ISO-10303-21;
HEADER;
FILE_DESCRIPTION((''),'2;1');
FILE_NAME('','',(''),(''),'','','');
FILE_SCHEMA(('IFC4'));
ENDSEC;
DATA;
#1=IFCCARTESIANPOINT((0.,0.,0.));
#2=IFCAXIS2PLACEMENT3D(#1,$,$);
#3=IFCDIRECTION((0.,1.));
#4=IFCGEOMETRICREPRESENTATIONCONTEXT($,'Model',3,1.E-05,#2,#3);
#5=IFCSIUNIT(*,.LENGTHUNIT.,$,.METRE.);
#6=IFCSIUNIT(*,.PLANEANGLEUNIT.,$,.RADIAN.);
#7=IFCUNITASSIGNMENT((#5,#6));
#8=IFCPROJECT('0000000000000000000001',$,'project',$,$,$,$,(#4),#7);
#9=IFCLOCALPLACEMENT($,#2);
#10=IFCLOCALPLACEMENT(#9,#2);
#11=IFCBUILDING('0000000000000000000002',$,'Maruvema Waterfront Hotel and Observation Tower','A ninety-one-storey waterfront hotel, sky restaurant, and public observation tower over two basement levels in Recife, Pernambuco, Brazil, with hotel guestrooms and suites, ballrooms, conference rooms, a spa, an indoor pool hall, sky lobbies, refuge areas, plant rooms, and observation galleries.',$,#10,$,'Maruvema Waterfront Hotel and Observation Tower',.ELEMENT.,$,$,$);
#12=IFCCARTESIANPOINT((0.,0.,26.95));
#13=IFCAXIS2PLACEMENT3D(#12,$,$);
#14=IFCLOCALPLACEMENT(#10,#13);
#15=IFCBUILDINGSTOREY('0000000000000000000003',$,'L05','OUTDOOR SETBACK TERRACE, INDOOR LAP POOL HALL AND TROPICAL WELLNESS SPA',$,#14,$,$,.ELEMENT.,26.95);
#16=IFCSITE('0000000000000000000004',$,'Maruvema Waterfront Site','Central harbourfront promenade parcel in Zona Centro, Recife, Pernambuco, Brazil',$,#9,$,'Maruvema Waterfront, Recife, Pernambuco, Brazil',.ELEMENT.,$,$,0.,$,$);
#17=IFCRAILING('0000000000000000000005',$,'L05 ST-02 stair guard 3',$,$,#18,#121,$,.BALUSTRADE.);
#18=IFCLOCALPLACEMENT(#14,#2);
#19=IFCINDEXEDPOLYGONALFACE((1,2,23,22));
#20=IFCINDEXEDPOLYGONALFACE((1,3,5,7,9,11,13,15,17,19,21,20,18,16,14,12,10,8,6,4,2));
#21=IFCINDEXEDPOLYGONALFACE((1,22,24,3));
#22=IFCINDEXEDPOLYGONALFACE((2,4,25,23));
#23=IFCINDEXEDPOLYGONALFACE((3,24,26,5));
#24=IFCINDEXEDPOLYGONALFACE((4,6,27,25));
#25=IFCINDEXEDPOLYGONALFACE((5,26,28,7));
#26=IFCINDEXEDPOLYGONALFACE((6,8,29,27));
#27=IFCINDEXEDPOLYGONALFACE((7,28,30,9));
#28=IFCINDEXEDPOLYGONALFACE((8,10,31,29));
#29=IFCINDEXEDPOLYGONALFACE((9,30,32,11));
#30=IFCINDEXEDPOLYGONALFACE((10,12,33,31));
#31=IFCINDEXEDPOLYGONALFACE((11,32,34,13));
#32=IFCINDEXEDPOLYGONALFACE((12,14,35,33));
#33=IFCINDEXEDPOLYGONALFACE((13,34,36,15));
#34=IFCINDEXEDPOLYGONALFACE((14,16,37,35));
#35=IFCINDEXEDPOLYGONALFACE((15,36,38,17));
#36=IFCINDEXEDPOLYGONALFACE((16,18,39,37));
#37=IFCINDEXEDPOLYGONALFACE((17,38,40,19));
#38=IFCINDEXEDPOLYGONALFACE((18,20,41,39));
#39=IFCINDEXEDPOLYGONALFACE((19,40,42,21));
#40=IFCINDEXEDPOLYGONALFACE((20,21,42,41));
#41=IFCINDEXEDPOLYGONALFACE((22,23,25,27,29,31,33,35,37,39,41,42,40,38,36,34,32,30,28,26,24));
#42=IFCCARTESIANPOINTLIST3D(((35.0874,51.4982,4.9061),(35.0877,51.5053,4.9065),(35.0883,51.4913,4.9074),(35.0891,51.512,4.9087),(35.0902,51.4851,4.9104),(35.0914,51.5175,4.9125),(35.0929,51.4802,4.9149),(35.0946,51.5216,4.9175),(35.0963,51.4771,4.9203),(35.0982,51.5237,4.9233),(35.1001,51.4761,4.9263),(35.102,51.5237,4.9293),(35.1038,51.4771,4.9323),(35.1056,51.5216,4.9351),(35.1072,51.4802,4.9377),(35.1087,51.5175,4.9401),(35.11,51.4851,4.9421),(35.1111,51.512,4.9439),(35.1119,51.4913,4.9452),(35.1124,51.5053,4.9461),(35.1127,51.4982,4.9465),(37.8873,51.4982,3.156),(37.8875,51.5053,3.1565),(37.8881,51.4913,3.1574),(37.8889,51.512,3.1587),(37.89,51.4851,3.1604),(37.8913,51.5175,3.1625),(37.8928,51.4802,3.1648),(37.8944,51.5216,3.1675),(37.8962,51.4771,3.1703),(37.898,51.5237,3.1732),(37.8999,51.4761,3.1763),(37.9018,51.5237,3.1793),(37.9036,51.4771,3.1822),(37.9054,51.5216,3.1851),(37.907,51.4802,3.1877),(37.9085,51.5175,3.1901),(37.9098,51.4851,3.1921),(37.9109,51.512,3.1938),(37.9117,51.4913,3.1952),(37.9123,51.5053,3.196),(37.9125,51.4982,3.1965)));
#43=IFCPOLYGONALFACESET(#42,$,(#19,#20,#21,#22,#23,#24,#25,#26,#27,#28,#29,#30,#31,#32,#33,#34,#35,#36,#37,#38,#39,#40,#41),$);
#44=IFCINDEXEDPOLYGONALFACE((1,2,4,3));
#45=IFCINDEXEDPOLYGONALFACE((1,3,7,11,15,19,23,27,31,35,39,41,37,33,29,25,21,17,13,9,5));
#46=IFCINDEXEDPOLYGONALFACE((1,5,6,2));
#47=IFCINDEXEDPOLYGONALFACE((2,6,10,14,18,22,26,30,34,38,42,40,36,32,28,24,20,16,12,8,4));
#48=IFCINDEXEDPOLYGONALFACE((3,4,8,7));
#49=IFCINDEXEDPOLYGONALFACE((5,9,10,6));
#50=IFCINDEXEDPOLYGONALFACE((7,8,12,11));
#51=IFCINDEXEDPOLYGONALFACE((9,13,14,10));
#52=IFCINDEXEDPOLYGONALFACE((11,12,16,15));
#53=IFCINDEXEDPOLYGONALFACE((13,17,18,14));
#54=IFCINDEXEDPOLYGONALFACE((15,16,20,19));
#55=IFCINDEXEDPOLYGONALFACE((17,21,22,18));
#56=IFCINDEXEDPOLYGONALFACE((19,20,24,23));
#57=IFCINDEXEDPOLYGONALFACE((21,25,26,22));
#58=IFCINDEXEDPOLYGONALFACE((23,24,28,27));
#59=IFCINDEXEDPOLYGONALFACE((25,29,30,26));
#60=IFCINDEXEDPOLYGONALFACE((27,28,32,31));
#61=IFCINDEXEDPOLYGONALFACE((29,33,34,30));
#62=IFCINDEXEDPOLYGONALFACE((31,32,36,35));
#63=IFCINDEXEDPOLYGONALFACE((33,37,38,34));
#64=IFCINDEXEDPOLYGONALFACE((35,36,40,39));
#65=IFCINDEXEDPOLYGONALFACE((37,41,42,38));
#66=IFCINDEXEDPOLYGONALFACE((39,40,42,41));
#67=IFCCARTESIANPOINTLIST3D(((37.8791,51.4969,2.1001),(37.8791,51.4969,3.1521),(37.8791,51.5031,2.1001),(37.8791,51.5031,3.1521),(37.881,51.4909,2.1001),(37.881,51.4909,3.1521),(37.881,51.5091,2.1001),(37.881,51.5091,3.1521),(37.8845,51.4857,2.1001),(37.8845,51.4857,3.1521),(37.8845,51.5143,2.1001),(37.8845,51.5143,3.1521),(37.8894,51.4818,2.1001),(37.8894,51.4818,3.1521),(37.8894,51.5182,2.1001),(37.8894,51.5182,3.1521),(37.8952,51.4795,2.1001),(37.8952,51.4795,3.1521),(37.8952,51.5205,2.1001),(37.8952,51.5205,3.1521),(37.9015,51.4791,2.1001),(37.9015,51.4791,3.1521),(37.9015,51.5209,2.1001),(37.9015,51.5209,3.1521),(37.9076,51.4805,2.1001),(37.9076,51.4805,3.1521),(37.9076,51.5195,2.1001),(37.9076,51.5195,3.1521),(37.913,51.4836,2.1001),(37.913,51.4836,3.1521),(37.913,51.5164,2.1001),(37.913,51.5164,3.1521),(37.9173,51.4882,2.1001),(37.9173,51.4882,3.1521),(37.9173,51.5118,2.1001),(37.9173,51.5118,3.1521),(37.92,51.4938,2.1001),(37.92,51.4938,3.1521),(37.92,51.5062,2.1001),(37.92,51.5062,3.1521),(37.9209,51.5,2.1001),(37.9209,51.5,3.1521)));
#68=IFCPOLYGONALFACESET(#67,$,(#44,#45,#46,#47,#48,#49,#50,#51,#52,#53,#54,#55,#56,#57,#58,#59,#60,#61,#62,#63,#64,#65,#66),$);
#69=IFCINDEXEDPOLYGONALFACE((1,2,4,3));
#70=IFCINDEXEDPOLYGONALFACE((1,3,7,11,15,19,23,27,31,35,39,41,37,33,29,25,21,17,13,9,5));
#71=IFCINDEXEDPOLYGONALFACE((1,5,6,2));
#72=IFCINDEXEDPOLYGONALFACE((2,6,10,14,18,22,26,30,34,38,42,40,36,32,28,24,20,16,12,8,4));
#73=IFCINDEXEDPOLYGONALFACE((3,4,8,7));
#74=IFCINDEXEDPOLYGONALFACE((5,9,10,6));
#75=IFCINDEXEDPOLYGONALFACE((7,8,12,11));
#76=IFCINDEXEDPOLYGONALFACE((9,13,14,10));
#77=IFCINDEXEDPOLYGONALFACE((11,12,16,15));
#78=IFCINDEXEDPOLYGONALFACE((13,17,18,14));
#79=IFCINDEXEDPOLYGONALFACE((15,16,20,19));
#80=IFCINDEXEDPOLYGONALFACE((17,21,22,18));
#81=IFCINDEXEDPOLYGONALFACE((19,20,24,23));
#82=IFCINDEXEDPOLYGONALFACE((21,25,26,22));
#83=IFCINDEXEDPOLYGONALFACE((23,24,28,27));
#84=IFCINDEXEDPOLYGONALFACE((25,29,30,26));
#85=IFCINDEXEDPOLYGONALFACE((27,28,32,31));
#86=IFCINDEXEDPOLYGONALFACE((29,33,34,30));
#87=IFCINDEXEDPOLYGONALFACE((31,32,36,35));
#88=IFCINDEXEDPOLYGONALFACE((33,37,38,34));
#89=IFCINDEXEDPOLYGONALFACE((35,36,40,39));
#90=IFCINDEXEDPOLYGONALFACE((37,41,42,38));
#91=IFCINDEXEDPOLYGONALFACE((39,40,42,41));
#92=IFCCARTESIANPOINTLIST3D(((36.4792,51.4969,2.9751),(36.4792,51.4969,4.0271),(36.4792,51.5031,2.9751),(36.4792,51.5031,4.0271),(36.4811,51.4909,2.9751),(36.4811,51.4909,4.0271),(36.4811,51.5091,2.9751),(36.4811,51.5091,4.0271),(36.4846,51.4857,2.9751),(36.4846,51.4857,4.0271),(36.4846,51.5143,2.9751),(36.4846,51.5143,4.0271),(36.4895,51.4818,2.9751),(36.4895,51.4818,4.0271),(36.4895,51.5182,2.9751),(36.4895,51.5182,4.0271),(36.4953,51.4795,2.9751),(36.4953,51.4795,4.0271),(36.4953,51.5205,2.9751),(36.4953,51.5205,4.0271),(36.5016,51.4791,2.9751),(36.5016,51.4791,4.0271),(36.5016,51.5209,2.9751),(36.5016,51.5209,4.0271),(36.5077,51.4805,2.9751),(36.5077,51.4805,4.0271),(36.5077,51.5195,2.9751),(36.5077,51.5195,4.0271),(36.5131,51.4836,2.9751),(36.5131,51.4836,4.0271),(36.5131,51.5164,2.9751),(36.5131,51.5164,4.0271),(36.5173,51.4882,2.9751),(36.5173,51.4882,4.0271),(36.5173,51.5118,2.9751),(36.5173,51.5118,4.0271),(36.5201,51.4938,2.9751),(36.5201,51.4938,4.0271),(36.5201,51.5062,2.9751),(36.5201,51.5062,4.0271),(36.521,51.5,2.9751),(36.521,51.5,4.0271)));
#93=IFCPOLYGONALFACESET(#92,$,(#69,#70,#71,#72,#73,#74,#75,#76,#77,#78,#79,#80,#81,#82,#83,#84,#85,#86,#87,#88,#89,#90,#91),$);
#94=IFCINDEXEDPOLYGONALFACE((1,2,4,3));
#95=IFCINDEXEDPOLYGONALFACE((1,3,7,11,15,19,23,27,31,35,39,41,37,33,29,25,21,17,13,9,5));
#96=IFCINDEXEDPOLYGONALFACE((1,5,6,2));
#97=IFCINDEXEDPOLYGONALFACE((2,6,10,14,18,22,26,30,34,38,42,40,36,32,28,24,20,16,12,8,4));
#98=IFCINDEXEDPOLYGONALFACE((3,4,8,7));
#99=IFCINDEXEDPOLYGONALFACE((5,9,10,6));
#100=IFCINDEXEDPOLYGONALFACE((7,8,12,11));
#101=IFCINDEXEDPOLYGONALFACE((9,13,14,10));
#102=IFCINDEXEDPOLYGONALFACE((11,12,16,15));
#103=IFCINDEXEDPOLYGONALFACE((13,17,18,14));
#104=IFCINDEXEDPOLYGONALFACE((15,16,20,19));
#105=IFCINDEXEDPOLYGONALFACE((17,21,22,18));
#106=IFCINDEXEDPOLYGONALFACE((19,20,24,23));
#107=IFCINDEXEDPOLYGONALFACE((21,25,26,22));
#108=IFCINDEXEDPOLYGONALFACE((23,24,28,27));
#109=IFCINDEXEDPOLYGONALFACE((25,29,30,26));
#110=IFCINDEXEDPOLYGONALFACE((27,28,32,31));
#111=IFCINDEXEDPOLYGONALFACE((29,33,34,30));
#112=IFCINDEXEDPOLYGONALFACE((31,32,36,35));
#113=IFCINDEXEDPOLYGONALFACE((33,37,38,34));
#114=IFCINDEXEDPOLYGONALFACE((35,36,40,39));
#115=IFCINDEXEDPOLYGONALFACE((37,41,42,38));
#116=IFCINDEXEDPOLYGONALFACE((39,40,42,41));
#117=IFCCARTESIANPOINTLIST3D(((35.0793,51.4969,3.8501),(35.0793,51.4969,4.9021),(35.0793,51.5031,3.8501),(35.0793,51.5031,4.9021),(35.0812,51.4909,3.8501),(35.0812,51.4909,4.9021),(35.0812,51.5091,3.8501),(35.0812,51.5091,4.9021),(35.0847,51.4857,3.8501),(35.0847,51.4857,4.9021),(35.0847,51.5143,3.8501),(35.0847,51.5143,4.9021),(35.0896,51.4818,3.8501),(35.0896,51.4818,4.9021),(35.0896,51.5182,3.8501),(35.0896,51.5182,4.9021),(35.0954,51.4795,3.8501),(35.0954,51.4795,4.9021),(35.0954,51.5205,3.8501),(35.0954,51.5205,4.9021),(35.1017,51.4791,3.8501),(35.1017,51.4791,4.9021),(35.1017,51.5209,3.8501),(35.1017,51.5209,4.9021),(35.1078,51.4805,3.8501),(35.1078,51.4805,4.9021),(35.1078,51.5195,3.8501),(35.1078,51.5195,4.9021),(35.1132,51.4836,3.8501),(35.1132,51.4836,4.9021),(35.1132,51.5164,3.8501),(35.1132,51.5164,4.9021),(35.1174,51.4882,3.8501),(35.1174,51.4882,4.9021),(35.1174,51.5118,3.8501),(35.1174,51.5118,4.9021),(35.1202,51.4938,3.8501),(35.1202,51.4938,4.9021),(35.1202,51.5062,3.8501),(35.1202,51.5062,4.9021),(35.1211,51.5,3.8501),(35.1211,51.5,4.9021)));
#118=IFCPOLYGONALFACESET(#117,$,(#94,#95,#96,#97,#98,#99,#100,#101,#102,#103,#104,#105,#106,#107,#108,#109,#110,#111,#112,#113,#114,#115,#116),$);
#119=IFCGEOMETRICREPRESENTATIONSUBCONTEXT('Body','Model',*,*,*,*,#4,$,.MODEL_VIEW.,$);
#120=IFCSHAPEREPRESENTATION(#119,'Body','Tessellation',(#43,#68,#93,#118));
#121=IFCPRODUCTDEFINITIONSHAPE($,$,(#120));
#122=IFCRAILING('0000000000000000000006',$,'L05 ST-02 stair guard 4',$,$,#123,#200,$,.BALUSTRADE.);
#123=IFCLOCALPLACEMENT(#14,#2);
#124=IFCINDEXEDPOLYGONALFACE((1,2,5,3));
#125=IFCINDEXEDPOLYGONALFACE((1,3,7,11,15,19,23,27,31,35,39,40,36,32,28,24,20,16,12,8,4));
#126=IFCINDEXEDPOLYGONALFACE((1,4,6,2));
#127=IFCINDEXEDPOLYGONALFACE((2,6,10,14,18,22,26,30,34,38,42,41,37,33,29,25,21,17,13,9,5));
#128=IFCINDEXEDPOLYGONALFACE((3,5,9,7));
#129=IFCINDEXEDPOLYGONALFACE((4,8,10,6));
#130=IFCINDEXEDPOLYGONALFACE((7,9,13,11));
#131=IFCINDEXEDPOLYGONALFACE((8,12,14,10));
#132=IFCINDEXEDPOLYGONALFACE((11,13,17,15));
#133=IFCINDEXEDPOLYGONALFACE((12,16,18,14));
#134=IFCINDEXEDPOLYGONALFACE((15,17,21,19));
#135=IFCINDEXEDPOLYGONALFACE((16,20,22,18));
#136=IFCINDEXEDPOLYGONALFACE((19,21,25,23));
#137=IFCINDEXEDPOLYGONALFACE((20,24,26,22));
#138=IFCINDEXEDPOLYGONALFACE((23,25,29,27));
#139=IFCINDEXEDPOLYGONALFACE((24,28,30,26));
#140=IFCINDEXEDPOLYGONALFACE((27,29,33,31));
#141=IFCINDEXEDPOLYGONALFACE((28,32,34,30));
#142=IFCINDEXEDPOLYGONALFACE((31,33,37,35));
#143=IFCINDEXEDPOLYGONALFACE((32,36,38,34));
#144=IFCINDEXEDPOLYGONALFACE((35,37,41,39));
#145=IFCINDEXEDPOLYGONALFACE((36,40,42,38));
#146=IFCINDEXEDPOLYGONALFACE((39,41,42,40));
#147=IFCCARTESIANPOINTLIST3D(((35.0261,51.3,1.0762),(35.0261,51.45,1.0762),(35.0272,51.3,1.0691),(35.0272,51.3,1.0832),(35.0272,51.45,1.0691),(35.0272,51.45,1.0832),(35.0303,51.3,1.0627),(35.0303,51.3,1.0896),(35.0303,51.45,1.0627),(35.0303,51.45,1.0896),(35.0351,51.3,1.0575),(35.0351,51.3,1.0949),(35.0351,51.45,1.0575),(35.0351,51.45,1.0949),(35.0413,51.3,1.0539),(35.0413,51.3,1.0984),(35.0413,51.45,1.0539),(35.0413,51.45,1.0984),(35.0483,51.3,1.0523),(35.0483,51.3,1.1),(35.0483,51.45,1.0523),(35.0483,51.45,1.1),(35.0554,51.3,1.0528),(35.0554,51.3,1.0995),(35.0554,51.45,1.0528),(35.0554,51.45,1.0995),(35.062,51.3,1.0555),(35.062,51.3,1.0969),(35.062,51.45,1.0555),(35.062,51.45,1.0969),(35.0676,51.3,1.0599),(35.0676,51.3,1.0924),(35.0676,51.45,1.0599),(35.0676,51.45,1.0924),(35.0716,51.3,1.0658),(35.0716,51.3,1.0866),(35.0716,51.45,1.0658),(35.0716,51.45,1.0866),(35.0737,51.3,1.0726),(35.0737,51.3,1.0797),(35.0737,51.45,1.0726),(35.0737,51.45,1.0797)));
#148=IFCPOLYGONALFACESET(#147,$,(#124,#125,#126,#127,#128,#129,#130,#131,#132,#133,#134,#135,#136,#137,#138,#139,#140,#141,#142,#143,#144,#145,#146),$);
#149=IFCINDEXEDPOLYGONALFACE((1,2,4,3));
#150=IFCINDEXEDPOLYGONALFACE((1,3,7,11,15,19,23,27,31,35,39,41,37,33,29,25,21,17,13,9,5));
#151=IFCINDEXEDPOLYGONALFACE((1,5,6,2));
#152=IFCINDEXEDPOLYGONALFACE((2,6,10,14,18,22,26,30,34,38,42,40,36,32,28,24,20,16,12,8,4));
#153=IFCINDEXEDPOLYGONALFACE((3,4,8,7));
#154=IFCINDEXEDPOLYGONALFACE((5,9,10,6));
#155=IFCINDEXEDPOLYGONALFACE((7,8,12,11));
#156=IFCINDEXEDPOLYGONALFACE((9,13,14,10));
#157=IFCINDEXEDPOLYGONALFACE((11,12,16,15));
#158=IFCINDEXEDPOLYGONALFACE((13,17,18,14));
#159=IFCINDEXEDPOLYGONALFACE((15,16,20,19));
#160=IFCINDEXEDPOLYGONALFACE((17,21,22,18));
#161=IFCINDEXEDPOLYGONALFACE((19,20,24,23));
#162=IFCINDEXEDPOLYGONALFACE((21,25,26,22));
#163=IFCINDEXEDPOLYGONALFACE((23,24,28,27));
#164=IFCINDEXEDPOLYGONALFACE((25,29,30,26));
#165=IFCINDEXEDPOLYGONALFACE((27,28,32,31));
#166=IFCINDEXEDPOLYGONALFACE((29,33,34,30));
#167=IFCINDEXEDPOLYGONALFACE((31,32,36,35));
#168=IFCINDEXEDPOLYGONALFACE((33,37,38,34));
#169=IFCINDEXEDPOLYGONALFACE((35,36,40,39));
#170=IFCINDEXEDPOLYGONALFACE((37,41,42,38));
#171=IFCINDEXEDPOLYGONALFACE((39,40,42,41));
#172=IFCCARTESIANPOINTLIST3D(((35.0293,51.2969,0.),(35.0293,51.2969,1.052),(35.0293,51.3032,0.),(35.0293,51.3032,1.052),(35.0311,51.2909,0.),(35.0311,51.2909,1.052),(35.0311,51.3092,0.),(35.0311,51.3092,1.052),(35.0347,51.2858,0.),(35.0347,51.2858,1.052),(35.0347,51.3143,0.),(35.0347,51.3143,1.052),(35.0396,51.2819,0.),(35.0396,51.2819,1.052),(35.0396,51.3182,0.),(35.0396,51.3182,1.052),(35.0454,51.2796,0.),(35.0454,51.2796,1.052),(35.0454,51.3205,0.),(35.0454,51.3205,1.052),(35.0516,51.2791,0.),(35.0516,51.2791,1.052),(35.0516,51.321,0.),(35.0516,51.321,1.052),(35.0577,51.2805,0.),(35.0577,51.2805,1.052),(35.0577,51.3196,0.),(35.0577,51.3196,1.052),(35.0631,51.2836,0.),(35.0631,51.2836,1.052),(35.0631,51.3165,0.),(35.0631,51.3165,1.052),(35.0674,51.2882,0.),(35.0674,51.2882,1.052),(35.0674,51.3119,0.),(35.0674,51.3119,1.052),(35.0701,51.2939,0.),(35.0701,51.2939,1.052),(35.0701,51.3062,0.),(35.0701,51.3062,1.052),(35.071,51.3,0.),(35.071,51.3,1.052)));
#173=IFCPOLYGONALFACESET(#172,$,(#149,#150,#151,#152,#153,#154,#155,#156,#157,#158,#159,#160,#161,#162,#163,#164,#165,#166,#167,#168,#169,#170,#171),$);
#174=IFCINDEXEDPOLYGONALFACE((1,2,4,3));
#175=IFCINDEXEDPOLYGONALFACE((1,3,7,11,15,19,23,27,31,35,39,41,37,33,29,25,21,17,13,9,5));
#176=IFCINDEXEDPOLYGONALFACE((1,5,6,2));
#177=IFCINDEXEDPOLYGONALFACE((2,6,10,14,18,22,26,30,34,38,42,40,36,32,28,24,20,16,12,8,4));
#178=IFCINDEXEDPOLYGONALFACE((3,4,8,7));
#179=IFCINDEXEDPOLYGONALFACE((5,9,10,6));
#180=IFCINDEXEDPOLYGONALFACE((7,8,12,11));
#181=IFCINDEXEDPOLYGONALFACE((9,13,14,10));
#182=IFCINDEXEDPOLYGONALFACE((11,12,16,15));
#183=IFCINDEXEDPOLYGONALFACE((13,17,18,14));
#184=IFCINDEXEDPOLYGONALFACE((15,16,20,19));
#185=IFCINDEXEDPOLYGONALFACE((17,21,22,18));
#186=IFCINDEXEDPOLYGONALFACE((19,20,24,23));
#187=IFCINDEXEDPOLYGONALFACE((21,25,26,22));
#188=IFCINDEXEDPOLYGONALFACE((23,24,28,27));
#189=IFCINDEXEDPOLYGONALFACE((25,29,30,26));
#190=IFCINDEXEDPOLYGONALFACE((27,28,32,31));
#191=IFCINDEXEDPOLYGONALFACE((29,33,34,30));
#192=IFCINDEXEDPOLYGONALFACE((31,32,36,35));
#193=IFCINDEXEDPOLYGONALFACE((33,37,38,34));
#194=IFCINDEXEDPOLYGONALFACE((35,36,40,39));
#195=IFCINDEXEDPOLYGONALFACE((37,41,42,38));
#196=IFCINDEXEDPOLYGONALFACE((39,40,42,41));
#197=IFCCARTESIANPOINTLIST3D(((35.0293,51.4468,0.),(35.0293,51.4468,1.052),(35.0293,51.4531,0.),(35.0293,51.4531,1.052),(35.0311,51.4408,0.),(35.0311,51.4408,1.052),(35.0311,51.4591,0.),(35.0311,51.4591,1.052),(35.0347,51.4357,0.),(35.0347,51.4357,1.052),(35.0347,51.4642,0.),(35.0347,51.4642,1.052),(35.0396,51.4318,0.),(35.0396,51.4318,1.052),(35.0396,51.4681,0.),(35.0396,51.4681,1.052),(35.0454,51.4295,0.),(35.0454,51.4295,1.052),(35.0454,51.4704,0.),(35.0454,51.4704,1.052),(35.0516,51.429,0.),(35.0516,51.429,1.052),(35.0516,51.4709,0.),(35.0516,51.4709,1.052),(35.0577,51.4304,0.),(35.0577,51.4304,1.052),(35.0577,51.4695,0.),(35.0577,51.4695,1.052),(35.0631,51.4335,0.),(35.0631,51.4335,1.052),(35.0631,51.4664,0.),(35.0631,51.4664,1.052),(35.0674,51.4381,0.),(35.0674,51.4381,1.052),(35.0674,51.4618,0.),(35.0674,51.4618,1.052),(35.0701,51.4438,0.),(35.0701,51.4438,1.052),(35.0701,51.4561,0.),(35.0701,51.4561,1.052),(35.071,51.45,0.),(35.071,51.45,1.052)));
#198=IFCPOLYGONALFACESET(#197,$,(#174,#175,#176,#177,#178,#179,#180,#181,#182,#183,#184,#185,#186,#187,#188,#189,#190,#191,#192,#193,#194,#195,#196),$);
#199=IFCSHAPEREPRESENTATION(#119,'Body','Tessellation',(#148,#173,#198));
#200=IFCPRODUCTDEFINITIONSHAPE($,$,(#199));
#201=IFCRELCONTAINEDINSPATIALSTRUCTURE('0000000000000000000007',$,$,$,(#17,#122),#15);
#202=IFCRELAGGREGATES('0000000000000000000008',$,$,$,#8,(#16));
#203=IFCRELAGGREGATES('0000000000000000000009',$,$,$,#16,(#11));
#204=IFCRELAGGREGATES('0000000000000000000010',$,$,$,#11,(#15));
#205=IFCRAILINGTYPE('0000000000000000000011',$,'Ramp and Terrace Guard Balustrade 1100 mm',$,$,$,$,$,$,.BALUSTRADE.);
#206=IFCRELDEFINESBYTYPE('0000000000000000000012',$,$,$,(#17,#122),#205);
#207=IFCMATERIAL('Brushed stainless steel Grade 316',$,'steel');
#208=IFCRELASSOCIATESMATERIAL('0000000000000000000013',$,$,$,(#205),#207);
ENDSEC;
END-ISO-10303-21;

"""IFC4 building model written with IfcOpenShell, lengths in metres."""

from ifc_helpers import new_model, si_unit, direction, frame, origin, origin_2d, place, context, subcontext, project, spatial, circle, extrude, material, type_object, element, save


model = new_model("IFC4")

# Units and contexts
model_context = context("Model", 3, precision=1e-05, world=origin(), true_north=direction((0.0, 1.0)))
body_context = subcontext(model_context, "Body", "Model", "MODEL_VIEW")
ifc_project = project(units=[si_unit("LENGTHUNIT", "METRE"), si_unit("PLANEANGLEUNIT", "RADIAN")], contexts=[model_context])

# Site, building, storey
site_placement = place(None, origin())
site = spatial("IfcSite", under=ifc_project, at=site_placement, Name="Maruvema Waterfront Site", Description="Central harbourfront promenade parcel in Zona Centro, Recife, Pernambuco, Brazil", LongName="Maruvema Waterfront, Recife, Pernambuco, Brazil", CompositionType="ELEMENT", RefElevation=0.0)
building_placement = place(site_placement, origin())
building = spatial("IfcBuilding", under=site, at=building_placement, Name="Maruvema Waterfront Hotel and Observation Tower", Description="A ninety-one-storey waterfront hotel, sky restaurant, and public observation tower over two basement levels in Recife, Pernambuco, Brazil, with hotel guestrooms and suites, ballrooms, conference rooms, a spa, an indoor pool hall, sky lobbies, refuge areas, plant rooms, and observation galleries.", LongName="Maruvema Waterfront Hotel and Observation Tower", CompositionType="ELEMENT")
storey_placement = place(building_placement, frame((0.0, 0.0, 26.95)))
storey = spatial("IfcBuildingStorey", under=building, at=storey_placement, Name="L05", Description="OUTDOOR SETBACK TERRACE, INDOOR LAP POOL HALL AND TROPICAL WELLNESS SPA", CompositionType="ELEMENT", Elevation=26.95)

# Railings
ifc_material_1 = material(Name="Brushed stainless steel Grade 316", Category="steel")
railing_type_1 = type_object("IfcRailingType", Name="Ramp and Terrace Guard Balustrade 1100 mm", PredefinedType="BALUSTRADE", material=ifc_material_1)
railing_1_placement = place(storey_placement, frame((37.8999, 51.5, 2.1001)))
element("IfcRailing", 1, at=railing_1_placement, inside=storey, type_object=railing_type_1, Name="L05 ST-02 stair guard 3", PredefinedType="BALUSTRADE", context=body_context, shape_type="SweptSolid", body=[
    extrude(circle(Radius=0.0239, at=origin_2d()), frame((0.0, 0.0, 1.0762), z_axis=(-0.847982, 0.0, 0.530026), x_axis=(0.0, -1.0, 0.0)), (0.0, 0.0, 1.0), 3.3018),
    extrude(circle(Radius=0.021, at=origin_2d()), origin(), (0.0, 0.0, 1.0), 1.052),
    extrude(circle(Radius=0.021, at=origin_2d()), frame((-1.3999, 0.0, 0.875)), (0.0, 0.0, 1.0), 1.052),
    extrude(circle(Radius=0.021, at=origin_2d()), frame((-2.7998, 0.0, 1.75)), (0.0, 0.0, 1.0), 1.052),
])
railing_2_placement = place(storey_placement, frame((35.05, 51.3, 0.0)))
element("IfcRailing", 2, at=railing_2_placement, inside=storey, type_object=railing_type_1, Name="L05 ST-02 stair guard 4", PredefinedType="BALUSTRADE", context=body_context, shape_type="SweptSolid", body=[
    extrude(circle(Radius=0.0239, at=origin_2d()), frame((0.0, 0.0, 1.0762), z_axis=(0.0, 1.0, 0.0), x_axis=(-1.0, 0.0, 0.0)), (0.0, 0.0, 1.0), 0.1499),
    extrude(circle(Radius=0.021, at=origin_2d()), origin(), (0.0, 0.0, 1.0), 1.052),
    extrude(circle(Radius=0.021, at=origin_2d()), frame((0.0, 0.1499, 0.0)), (0.0, 0.0, 1.0), 1.052),
])

save(model, "model.ifc")
